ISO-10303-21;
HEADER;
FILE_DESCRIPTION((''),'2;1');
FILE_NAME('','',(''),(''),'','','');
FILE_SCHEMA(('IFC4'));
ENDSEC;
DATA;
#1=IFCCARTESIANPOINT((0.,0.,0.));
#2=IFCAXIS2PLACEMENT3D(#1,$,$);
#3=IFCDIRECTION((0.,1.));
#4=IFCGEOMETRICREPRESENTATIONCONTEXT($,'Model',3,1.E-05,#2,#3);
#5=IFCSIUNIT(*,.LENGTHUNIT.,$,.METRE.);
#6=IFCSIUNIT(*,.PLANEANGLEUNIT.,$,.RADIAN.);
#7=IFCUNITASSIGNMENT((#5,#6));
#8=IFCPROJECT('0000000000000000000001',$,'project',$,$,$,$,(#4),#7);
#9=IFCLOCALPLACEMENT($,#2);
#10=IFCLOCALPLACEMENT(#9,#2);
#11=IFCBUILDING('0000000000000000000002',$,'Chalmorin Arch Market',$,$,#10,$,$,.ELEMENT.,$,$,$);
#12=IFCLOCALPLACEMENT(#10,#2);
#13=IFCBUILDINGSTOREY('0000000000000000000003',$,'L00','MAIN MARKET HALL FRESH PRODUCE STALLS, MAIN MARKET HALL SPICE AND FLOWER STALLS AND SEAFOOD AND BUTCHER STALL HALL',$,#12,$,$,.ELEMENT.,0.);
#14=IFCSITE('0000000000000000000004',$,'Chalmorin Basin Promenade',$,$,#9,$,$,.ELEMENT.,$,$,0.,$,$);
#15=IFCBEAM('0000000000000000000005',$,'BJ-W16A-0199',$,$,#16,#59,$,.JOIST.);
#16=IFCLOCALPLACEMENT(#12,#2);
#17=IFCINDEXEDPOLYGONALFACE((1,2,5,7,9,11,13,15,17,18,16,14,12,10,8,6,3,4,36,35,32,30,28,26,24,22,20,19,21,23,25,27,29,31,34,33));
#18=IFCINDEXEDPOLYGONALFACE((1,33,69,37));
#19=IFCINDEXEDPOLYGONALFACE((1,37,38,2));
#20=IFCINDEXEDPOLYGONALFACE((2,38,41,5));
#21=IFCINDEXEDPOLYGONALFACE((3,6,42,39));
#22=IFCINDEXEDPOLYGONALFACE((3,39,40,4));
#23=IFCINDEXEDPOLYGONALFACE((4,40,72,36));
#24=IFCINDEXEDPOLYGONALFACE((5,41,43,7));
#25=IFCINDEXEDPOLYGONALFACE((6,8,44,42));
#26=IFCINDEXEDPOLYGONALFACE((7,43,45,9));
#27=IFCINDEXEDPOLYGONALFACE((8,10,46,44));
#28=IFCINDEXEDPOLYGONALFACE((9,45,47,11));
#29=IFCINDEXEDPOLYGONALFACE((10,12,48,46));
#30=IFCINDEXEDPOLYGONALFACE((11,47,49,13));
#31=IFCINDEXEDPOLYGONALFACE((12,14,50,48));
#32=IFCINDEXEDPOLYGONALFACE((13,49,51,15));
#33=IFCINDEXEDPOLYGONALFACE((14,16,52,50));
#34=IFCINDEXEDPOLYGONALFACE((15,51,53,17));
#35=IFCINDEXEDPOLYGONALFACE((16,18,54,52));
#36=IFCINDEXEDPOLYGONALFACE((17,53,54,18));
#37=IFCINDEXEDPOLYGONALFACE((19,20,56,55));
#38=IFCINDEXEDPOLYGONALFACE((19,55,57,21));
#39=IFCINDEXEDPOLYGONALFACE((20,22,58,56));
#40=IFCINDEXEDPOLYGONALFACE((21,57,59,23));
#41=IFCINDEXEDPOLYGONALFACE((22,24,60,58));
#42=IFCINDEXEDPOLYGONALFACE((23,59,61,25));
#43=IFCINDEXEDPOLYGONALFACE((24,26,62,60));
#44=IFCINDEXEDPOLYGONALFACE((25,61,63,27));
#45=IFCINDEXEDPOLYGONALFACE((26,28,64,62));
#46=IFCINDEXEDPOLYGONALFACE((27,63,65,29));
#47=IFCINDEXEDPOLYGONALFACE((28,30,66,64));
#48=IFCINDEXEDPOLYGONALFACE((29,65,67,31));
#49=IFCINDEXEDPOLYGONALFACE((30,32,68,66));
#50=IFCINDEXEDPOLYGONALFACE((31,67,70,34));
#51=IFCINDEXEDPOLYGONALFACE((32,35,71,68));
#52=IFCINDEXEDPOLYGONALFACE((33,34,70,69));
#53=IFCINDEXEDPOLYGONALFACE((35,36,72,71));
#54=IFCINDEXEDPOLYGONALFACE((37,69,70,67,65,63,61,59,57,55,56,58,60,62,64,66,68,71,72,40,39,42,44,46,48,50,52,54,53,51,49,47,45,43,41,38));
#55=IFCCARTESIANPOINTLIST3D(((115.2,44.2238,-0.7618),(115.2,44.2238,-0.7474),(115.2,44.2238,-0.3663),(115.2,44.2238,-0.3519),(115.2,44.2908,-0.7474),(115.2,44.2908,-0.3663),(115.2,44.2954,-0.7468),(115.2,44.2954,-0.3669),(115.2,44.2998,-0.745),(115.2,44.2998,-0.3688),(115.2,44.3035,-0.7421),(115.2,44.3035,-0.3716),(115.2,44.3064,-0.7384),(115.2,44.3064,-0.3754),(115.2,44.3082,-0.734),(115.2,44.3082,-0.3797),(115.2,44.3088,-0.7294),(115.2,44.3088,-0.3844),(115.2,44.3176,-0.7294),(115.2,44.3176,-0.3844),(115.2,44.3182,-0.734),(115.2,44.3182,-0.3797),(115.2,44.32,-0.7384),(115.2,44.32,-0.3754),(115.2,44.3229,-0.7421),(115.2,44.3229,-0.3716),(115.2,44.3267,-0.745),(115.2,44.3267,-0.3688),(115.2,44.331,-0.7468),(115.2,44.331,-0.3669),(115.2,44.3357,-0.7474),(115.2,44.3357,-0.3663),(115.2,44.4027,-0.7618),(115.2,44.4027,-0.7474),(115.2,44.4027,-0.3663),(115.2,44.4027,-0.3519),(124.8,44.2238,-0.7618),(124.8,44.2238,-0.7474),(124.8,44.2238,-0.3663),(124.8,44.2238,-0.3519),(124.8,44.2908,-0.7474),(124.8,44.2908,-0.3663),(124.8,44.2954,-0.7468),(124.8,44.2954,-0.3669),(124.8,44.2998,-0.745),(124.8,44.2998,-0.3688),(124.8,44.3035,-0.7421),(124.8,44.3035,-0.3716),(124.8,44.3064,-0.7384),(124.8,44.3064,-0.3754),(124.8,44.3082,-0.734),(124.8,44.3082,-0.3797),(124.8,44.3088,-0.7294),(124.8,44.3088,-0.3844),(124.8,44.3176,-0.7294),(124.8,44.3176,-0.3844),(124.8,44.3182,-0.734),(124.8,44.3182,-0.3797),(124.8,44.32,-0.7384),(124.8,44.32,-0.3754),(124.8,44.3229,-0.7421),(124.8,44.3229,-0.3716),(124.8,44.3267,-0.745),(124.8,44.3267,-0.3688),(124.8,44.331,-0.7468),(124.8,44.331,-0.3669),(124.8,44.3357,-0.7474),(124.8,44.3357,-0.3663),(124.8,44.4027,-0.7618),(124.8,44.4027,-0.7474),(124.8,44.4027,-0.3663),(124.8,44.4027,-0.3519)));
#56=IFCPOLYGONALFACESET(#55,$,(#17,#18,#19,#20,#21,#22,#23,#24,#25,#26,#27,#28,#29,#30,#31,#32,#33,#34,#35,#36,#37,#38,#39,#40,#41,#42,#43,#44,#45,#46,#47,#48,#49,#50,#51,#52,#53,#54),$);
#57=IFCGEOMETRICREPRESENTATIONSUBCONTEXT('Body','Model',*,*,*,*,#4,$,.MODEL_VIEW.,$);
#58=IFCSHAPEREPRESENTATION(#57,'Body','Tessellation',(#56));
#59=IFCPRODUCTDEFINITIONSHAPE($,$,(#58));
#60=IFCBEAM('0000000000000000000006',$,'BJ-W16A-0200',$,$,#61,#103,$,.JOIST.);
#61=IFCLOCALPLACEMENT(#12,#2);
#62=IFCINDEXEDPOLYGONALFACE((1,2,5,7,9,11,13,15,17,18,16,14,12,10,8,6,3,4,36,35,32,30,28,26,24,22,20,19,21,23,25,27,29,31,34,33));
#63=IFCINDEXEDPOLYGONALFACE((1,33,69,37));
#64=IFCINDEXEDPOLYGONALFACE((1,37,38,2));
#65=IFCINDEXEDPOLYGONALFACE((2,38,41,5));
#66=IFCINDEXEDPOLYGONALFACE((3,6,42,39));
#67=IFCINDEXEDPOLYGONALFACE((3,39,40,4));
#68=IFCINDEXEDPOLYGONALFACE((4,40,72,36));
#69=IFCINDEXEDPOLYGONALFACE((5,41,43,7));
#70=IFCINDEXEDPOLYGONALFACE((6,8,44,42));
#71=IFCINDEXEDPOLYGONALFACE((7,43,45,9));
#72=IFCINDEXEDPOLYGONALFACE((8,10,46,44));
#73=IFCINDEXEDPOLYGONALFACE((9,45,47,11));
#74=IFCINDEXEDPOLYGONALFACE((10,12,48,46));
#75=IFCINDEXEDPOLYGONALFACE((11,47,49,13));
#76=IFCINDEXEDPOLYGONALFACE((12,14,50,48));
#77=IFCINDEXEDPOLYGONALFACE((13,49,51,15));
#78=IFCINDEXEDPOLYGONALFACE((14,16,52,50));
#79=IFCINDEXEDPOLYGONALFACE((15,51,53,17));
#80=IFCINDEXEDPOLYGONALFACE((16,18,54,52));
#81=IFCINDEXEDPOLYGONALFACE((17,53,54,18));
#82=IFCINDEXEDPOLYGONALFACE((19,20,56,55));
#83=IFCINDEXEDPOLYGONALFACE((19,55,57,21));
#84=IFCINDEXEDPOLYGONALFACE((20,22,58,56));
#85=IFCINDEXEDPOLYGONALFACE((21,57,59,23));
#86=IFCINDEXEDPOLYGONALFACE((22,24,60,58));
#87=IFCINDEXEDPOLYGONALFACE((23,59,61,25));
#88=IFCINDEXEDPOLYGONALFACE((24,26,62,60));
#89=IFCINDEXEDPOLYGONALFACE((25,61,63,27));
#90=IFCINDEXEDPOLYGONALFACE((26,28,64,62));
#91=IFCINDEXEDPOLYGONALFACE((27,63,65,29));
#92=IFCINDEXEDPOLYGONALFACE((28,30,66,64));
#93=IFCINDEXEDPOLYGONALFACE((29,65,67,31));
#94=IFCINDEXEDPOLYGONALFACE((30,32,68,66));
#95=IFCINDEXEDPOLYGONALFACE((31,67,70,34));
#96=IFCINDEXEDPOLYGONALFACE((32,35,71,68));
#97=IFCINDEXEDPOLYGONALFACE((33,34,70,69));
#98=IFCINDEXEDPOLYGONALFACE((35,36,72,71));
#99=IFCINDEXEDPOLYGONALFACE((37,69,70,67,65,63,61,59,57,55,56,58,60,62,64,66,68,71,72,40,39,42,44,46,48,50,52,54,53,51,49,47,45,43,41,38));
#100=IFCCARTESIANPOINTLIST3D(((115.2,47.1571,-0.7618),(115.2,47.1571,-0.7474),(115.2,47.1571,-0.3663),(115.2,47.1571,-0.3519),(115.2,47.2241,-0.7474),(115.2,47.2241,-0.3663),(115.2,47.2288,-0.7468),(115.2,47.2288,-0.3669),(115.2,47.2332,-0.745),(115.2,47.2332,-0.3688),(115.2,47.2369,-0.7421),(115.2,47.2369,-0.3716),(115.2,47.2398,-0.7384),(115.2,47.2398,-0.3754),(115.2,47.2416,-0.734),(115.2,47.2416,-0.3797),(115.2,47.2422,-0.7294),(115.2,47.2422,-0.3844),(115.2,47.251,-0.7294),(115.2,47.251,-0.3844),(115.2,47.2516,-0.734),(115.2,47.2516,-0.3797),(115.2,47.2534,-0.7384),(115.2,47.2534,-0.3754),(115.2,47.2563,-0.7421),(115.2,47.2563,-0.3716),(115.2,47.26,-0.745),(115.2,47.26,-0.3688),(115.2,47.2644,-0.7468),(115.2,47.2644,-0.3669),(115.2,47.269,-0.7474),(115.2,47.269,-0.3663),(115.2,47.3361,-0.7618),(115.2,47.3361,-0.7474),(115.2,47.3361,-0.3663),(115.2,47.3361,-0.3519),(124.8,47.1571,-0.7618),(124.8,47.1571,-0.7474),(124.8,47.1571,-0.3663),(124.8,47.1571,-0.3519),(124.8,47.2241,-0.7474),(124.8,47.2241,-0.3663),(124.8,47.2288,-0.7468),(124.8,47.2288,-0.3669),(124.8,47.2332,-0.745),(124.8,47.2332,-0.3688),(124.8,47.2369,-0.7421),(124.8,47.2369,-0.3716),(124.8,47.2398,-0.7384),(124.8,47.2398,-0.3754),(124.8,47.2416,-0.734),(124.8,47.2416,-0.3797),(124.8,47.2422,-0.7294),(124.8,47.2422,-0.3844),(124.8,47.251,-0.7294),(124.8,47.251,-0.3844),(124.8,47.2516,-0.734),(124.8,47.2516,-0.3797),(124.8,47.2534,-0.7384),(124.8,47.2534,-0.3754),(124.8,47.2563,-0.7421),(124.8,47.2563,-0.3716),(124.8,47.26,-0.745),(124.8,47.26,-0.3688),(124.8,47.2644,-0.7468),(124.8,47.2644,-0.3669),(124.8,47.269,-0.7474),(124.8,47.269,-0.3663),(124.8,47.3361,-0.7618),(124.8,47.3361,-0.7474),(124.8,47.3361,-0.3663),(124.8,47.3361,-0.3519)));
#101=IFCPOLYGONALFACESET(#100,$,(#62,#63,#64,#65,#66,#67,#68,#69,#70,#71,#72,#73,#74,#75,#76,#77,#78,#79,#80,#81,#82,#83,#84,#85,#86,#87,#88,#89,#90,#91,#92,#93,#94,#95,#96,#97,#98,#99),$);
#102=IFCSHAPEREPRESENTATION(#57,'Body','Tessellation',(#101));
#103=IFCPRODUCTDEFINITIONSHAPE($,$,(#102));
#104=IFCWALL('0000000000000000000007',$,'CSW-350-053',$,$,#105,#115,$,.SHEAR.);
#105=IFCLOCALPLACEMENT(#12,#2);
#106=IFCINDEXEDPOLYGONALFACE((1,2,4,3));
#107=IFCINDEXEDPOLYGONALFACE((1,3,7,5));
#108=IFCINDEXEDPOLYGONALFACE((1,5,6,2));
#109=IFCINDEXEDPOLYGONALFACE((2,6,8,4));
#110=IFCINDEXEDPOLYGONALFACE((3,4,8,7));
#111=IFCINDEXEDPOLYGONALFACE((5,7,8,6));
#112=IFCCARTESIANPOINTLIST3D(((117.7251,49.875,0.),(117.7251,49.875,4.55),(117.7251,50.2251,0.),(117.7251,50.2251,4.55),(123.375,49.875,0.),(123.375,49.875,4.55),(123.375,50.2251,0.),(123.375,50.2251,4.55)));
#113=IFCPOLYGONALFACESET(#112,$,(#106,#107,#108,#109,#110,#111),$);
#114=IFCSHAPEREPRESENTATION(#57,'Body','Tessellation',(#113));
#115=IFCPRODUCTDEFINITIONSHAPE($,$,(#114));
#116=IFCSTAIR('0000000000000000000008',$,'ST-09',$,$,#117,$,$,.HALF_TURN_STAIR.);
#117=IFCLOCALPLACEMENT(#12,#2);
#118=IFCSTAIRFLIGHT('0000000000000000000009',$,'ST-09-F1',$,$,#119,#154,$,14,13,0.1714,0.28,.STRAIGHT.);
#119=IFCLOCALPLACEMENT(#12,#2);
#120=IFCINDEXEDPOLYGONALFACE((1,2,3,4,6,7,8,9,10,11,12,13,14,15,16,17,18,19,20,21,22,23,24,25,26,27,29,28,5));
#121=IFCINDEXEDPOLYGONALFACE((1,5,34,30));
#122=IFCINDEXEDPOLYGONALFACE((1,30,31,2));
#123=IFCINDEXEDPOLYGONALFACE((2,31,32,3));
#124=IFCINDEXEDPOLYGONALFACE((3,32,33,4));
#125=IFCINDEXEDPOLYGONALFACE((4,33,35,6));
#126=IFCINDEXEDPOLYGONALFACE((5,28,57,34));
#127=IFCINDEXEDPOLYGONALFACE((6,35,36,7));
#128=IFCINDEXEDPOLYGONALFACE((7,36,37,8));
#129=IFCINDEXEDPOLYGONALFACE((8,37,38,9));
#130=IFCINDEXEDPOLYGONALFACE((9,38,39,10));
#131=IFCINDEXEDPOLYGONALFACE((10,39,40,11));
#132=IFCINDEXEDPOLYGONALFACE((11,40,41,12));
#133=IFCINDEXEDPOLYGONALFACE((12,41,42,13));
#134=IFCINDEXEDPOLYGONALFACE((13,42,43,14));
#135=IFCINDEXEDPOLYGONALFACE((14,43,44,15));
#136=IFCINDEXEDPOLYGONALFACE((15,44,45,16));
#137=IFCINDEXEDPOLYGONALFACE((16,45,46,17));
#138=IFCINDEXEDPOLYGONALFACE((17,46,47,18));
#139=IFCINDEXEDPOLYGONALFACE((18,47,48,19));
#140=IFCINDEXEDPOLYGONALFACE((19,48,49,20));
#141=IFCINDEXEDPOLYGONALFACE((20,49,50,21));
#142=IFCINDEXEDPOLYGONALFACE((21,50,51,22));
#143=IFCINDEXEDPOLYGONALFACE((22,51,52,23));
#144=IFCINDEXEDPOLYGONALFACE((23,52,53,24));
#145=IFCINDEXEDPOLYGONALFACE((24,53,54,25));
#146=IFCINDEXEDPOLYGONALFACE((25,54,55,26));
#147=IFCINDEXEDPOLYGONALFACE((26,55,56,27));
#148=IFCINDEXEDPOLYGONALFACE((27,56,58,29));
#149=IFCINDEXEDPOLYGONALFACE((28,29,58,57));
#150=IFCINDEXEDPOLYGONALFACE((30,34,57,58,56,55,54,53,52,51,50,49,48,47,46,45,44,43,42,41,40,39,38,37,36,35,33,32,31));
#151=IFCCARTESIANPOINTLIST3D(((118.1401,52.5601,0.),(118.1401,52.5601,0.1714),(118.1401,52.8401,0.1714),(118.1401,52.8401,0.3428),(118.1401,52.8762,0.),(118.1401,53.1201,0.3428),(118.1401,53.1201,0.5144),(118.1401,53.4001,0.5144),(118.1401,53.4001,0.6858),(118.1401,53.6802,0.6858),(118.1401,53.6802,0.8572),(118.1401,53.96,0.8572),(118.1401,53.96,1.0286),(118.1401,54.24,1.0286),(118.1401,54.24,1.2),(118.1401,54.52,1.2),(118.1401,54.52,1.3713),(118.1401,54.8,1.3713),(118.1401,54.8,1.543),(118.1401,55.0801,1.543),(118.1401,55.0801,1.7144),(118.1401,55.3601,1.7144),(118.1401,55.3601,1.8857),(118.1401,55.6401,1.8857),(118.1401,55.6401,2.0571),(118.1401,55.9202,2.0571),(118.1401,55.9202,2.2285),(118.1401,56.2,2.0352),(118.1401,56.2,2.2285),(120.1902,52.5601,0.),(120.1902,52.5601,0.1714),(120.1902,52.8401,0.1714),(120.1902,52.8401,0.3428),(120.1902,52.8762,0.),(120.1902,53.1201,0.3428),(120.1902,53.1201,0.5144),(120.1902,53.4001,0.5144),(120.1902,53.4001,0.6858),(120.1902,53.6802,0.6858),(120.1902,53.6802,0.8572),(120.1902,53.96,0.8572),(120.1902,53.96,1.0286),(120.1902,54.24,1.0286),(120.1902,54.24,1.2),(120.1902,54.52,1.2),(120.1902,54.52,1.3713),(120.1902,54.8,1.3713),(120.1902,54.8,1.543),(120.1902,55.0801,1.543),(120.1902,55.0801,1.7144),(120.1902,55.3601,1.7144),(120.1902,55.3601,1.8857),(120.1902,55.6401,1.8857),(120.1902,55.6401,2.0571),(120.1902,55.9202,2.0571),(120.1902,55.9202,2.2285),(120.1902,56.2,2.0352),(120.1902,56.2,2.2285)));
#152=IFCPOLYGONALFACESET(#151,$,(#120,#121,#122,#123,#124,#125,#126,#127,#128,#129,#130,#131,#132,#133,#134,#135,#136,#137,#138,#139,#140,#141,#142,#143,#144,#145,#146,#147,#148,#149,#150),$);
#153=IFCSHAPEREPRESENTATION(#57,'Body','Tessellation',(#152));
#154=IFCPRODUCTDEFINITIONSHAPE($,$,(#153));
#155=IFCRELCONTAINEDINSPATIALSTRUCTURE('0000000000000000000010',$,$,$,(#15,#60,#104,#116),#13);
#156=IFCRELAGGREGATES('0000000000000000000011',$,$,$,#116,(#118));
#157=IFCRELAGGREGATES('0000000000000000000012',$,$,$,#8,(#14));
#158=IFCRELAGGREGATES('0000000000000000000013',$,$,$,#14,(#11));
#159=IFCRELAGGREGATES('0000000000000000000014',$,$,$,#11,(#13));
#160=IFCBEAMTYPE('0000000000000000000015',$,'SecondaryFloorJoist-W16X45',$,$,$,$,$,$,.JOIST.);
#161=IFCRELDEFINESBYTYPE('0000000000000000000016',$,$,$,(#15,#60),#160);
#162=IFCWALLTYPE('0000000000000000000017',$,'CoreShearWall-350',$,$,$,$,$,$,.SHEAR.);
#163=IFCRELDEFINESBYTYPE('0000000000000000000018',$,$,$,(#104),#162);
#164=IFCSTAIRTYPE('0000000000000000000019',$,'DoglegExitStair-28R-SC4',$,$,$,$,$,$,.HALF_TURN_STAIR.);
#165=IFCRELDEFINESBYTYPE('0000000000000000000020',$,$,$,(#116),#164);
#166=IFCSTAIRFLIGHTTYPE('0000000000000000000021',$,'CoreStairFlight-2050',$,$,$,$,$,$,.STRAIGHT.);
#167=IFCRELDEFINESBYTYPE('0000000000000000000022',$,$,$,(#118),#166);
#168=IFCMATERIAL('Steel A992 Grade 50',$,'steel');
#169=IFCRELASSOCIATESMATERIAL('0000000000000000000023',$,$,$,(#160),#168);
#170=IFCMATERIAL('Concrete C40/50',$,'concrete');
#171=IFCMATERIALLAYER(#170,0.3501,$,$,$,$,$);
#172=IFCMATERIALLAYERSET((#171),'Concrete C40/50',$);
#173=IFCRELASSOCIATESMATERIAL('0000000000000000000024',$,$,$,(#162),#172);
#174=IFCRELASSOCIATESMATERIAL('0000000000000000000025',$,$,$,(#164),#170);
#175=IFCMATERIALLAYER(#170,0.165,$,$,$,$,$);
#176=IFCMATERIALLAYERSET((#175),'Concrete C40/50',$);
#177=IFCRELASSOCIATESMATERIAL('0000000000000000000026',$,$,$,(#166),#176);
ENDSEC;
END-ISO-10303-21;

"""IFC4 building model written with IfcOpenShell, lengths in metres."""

from ifc_helpers import new_model, si_unit, direction, frame, frame_2d, origin, origin_2d, place, context, subcontext, project, spatial, polyline, rectangle, i_section, outline, extrude, material, layer, layer_set, material_profile, profile_set, type_object, element, aggregate, save


model = new_model("IFC4")

# Units and contexts
model_context = context("Model", 3, precision=1e-05, world=origin(), true_north=direction((0.0, 1.0)))
body_context = subcontext(model_context, "Body", "Model", "MODEL_VIEW")
ifc_project = project(units=[si_unit("LENGTHUNIT", "METRE"), si_unit("PLANEANGLEUNIT", "RADIAN")], contexts=[model_context])

# Site, building, storey
site_placement = place(None, origin())
site = spatial("IfcSite", under=ifc_project, at=site_placement, Name="Chalmorin Basin Promenade", CompositionType="ELEMENT", RefElevation=0.0)
building_placement = place(site_placement, origin())
building = spatial("IfcBuilding", under=site, at=building_placement, Name="Chalmorin Arch Market", CompositionType="ELEMENT")
storey_placement = place(building_placement, origin())
storey = spatial("IfcBuildingStorey", under=building, at=storey_placement, Name="L00", Description="MAIN MARKET HALL FRESH PRODUCE STALLS, MAIN MARKET HALL SPICE AND FLOWER STALLS AND SEAFOOD AND BUTCHER STALL HALL", CompositionType="ELEMENT", Elevation=0.0)

# Shared definitions
ifc_material_1 = material(Name="Concrete C40/50", Category="concrete")

# Beams
ifc_material_2 = material(Name="Steel A992 Grade 50", Category="steel")
ifc_material_profile_1 = material_profile(ifc_material_2, i_section(OverallWidth=0.179, OverallDepth=0.4099, WebThickness=0.0088, FlangeThickness=0.0144, FilletRadius=0.0181, at=origin_2d()), Name="W16X45")
ifc_profile_set_1 = profile_set([ifc_material_profile_1], Name="Steel A992 Grade 50")
beam_type_1 = type_object("IfcBeamType", Name="SecondaryFloorJoist-W16X45", PredefinedType="JOIST", material=ifc_profile_set_1)
for number, where, z_axis, x_axis, name in (
    (1, (115.2, 44.3132, -0.5569), (1.0, 0.0, 0.0), (0.0, 1.0, 0.0), "BJ-W16A-0199"),
    (2, (115.2, 47.2466, -0.5569), (1.0, 0.0, 0.0), (0.0, 1.0, 0.0), "BJ-W16A-0200"),
):
    element("IfcBeam", number, at=place(storey_placement, frame(where, z_axis=z_axis, x_axis=x_axis)), inside=storey, type_object=beam_type_1, Name=name, PredefinedType="JOIST", context=body_context, shape_type="SweptSolid", body=[
        extrude(i_section(OverallWidth=0.179, OverallDepth=0.4099, WebThickness=0.0088, FlangeThickness=0.0144, FilletRadius=0.0181, at=origin_2d()), origin(), (0.0, 0.0, 1.0), 9.6001),
    ])

# Wall
ifc_layer_1 = layer(ifc_material_1, 0.3501)
ifc_layer_set_1 = layer_set([ifc_layer_1], Name="Concrete C40/50")
wall_type_1 = type_object("IfcWallType", Name="CoreShearWall-350", PredefinedType="SHEAR", material=ifc_layer_set_1)
wall_1_placement = place(storey_placement, frame((123.375, 50.05, 0.0), z_axis=(0.0, 0.0, 1.0), x_axis=(-1.0, 0.0, 0.0)))
element("IfcWall", 3, at=wall_1_placement, inside=storey, type_object=wall_type_1, Name="CSW-350-053", PredefinedType="SHEAR", context=body_context, shape_type="SweptSolid", body=[
    extrude(rectangle(XDim=5.6499, YDim=0.3501, at=frame_2d((2.825, 0.0))), origin(), (0.0, 0.0, 1.0), 4.55),
])

# Stair, stair flight
stair_type = type_object("IfcStairType", Name="DoglegExitStair-28R-SC4", PredefinedType="HALF_TURN_STAIR", material=ifc_material_1)
stair_placement = place(storey_placement, origin())
stair = element("IfcStair", 4, at=stair_placement, inside=storey, type_object=stair_type, Name="ST-09", PredefinedType="HALF_TURN_STAIR")
ifc_layer_2 = layer(ifc_material_1, 0.165)
ifc_layer_set_2 = layer_set([ifc_layer_2], Name="Concrete C40/50")
stair_flight_type = type_object("IfcStairFlightType", Name="CoreStairFlight-2050", PredefinedType="STRAIGHT", material=ifc_layer_set_2)
stair_flight_placement = place(storey_placement, frame((119.165, 52.5601, 0.0), z_axis=(0.0, 0.0, 1.0), x_axis=(0.0, 1.0, 0.0)))
stair_flight = element("IfcStairFlight", 5, at=stair_flight_placement, type_object=stair_flight_type, Name="ST-09-F1", NumberOfRisers=14, NumberOfTreads=13, PredefinedType="STRAIGHT", RiserHeight=0.1714, TreadLength=0.28, context=body_context, shape_type="SweptSolid", body=[
    extrude(outline(polyline([(0.0, 0.0), (0.0, 0.1714), (0.28, 0.1714), (0.28, 0.3428), (0.5601, 0.3428), (0.5601, 0.5144), (0.8401, 0.5144), (0.8401, 0.6858), (1.1201, 0.6858), (1.1201, 0.8572), (1.3999, 0.8572), (1.3999, 1.0286), (1.6799, 1.0286), (1.6799, 1.2), (1.96, 1.2), (1.96, 1.3713), (2.24, 1.3713), (2.24, 1.543), (2.52, 1.543), (2.52, 1.7144), (2.8, 1.7144), (2.8, 1.8857), (3.0801, 1.8857), (3.0801, 2.0571), (3.3601, 2.0571), (3.3601, 2.2285), (3.6399, 2.2285), (3.6399, 2.3999), (3.6399, 2.0352), (0.3162, 0.0), (0.0, 0.0)])), frame((0.0, 1.0249, 0.0), z_axis=(0.0, -1.0, 0.0), x_axis=(1.0, 0.0, 0.0)), (0.0, 0.0, 1.0), 2.05),
])
aggregate(stair, [stair_flight])

save(model, "model.ifc")
